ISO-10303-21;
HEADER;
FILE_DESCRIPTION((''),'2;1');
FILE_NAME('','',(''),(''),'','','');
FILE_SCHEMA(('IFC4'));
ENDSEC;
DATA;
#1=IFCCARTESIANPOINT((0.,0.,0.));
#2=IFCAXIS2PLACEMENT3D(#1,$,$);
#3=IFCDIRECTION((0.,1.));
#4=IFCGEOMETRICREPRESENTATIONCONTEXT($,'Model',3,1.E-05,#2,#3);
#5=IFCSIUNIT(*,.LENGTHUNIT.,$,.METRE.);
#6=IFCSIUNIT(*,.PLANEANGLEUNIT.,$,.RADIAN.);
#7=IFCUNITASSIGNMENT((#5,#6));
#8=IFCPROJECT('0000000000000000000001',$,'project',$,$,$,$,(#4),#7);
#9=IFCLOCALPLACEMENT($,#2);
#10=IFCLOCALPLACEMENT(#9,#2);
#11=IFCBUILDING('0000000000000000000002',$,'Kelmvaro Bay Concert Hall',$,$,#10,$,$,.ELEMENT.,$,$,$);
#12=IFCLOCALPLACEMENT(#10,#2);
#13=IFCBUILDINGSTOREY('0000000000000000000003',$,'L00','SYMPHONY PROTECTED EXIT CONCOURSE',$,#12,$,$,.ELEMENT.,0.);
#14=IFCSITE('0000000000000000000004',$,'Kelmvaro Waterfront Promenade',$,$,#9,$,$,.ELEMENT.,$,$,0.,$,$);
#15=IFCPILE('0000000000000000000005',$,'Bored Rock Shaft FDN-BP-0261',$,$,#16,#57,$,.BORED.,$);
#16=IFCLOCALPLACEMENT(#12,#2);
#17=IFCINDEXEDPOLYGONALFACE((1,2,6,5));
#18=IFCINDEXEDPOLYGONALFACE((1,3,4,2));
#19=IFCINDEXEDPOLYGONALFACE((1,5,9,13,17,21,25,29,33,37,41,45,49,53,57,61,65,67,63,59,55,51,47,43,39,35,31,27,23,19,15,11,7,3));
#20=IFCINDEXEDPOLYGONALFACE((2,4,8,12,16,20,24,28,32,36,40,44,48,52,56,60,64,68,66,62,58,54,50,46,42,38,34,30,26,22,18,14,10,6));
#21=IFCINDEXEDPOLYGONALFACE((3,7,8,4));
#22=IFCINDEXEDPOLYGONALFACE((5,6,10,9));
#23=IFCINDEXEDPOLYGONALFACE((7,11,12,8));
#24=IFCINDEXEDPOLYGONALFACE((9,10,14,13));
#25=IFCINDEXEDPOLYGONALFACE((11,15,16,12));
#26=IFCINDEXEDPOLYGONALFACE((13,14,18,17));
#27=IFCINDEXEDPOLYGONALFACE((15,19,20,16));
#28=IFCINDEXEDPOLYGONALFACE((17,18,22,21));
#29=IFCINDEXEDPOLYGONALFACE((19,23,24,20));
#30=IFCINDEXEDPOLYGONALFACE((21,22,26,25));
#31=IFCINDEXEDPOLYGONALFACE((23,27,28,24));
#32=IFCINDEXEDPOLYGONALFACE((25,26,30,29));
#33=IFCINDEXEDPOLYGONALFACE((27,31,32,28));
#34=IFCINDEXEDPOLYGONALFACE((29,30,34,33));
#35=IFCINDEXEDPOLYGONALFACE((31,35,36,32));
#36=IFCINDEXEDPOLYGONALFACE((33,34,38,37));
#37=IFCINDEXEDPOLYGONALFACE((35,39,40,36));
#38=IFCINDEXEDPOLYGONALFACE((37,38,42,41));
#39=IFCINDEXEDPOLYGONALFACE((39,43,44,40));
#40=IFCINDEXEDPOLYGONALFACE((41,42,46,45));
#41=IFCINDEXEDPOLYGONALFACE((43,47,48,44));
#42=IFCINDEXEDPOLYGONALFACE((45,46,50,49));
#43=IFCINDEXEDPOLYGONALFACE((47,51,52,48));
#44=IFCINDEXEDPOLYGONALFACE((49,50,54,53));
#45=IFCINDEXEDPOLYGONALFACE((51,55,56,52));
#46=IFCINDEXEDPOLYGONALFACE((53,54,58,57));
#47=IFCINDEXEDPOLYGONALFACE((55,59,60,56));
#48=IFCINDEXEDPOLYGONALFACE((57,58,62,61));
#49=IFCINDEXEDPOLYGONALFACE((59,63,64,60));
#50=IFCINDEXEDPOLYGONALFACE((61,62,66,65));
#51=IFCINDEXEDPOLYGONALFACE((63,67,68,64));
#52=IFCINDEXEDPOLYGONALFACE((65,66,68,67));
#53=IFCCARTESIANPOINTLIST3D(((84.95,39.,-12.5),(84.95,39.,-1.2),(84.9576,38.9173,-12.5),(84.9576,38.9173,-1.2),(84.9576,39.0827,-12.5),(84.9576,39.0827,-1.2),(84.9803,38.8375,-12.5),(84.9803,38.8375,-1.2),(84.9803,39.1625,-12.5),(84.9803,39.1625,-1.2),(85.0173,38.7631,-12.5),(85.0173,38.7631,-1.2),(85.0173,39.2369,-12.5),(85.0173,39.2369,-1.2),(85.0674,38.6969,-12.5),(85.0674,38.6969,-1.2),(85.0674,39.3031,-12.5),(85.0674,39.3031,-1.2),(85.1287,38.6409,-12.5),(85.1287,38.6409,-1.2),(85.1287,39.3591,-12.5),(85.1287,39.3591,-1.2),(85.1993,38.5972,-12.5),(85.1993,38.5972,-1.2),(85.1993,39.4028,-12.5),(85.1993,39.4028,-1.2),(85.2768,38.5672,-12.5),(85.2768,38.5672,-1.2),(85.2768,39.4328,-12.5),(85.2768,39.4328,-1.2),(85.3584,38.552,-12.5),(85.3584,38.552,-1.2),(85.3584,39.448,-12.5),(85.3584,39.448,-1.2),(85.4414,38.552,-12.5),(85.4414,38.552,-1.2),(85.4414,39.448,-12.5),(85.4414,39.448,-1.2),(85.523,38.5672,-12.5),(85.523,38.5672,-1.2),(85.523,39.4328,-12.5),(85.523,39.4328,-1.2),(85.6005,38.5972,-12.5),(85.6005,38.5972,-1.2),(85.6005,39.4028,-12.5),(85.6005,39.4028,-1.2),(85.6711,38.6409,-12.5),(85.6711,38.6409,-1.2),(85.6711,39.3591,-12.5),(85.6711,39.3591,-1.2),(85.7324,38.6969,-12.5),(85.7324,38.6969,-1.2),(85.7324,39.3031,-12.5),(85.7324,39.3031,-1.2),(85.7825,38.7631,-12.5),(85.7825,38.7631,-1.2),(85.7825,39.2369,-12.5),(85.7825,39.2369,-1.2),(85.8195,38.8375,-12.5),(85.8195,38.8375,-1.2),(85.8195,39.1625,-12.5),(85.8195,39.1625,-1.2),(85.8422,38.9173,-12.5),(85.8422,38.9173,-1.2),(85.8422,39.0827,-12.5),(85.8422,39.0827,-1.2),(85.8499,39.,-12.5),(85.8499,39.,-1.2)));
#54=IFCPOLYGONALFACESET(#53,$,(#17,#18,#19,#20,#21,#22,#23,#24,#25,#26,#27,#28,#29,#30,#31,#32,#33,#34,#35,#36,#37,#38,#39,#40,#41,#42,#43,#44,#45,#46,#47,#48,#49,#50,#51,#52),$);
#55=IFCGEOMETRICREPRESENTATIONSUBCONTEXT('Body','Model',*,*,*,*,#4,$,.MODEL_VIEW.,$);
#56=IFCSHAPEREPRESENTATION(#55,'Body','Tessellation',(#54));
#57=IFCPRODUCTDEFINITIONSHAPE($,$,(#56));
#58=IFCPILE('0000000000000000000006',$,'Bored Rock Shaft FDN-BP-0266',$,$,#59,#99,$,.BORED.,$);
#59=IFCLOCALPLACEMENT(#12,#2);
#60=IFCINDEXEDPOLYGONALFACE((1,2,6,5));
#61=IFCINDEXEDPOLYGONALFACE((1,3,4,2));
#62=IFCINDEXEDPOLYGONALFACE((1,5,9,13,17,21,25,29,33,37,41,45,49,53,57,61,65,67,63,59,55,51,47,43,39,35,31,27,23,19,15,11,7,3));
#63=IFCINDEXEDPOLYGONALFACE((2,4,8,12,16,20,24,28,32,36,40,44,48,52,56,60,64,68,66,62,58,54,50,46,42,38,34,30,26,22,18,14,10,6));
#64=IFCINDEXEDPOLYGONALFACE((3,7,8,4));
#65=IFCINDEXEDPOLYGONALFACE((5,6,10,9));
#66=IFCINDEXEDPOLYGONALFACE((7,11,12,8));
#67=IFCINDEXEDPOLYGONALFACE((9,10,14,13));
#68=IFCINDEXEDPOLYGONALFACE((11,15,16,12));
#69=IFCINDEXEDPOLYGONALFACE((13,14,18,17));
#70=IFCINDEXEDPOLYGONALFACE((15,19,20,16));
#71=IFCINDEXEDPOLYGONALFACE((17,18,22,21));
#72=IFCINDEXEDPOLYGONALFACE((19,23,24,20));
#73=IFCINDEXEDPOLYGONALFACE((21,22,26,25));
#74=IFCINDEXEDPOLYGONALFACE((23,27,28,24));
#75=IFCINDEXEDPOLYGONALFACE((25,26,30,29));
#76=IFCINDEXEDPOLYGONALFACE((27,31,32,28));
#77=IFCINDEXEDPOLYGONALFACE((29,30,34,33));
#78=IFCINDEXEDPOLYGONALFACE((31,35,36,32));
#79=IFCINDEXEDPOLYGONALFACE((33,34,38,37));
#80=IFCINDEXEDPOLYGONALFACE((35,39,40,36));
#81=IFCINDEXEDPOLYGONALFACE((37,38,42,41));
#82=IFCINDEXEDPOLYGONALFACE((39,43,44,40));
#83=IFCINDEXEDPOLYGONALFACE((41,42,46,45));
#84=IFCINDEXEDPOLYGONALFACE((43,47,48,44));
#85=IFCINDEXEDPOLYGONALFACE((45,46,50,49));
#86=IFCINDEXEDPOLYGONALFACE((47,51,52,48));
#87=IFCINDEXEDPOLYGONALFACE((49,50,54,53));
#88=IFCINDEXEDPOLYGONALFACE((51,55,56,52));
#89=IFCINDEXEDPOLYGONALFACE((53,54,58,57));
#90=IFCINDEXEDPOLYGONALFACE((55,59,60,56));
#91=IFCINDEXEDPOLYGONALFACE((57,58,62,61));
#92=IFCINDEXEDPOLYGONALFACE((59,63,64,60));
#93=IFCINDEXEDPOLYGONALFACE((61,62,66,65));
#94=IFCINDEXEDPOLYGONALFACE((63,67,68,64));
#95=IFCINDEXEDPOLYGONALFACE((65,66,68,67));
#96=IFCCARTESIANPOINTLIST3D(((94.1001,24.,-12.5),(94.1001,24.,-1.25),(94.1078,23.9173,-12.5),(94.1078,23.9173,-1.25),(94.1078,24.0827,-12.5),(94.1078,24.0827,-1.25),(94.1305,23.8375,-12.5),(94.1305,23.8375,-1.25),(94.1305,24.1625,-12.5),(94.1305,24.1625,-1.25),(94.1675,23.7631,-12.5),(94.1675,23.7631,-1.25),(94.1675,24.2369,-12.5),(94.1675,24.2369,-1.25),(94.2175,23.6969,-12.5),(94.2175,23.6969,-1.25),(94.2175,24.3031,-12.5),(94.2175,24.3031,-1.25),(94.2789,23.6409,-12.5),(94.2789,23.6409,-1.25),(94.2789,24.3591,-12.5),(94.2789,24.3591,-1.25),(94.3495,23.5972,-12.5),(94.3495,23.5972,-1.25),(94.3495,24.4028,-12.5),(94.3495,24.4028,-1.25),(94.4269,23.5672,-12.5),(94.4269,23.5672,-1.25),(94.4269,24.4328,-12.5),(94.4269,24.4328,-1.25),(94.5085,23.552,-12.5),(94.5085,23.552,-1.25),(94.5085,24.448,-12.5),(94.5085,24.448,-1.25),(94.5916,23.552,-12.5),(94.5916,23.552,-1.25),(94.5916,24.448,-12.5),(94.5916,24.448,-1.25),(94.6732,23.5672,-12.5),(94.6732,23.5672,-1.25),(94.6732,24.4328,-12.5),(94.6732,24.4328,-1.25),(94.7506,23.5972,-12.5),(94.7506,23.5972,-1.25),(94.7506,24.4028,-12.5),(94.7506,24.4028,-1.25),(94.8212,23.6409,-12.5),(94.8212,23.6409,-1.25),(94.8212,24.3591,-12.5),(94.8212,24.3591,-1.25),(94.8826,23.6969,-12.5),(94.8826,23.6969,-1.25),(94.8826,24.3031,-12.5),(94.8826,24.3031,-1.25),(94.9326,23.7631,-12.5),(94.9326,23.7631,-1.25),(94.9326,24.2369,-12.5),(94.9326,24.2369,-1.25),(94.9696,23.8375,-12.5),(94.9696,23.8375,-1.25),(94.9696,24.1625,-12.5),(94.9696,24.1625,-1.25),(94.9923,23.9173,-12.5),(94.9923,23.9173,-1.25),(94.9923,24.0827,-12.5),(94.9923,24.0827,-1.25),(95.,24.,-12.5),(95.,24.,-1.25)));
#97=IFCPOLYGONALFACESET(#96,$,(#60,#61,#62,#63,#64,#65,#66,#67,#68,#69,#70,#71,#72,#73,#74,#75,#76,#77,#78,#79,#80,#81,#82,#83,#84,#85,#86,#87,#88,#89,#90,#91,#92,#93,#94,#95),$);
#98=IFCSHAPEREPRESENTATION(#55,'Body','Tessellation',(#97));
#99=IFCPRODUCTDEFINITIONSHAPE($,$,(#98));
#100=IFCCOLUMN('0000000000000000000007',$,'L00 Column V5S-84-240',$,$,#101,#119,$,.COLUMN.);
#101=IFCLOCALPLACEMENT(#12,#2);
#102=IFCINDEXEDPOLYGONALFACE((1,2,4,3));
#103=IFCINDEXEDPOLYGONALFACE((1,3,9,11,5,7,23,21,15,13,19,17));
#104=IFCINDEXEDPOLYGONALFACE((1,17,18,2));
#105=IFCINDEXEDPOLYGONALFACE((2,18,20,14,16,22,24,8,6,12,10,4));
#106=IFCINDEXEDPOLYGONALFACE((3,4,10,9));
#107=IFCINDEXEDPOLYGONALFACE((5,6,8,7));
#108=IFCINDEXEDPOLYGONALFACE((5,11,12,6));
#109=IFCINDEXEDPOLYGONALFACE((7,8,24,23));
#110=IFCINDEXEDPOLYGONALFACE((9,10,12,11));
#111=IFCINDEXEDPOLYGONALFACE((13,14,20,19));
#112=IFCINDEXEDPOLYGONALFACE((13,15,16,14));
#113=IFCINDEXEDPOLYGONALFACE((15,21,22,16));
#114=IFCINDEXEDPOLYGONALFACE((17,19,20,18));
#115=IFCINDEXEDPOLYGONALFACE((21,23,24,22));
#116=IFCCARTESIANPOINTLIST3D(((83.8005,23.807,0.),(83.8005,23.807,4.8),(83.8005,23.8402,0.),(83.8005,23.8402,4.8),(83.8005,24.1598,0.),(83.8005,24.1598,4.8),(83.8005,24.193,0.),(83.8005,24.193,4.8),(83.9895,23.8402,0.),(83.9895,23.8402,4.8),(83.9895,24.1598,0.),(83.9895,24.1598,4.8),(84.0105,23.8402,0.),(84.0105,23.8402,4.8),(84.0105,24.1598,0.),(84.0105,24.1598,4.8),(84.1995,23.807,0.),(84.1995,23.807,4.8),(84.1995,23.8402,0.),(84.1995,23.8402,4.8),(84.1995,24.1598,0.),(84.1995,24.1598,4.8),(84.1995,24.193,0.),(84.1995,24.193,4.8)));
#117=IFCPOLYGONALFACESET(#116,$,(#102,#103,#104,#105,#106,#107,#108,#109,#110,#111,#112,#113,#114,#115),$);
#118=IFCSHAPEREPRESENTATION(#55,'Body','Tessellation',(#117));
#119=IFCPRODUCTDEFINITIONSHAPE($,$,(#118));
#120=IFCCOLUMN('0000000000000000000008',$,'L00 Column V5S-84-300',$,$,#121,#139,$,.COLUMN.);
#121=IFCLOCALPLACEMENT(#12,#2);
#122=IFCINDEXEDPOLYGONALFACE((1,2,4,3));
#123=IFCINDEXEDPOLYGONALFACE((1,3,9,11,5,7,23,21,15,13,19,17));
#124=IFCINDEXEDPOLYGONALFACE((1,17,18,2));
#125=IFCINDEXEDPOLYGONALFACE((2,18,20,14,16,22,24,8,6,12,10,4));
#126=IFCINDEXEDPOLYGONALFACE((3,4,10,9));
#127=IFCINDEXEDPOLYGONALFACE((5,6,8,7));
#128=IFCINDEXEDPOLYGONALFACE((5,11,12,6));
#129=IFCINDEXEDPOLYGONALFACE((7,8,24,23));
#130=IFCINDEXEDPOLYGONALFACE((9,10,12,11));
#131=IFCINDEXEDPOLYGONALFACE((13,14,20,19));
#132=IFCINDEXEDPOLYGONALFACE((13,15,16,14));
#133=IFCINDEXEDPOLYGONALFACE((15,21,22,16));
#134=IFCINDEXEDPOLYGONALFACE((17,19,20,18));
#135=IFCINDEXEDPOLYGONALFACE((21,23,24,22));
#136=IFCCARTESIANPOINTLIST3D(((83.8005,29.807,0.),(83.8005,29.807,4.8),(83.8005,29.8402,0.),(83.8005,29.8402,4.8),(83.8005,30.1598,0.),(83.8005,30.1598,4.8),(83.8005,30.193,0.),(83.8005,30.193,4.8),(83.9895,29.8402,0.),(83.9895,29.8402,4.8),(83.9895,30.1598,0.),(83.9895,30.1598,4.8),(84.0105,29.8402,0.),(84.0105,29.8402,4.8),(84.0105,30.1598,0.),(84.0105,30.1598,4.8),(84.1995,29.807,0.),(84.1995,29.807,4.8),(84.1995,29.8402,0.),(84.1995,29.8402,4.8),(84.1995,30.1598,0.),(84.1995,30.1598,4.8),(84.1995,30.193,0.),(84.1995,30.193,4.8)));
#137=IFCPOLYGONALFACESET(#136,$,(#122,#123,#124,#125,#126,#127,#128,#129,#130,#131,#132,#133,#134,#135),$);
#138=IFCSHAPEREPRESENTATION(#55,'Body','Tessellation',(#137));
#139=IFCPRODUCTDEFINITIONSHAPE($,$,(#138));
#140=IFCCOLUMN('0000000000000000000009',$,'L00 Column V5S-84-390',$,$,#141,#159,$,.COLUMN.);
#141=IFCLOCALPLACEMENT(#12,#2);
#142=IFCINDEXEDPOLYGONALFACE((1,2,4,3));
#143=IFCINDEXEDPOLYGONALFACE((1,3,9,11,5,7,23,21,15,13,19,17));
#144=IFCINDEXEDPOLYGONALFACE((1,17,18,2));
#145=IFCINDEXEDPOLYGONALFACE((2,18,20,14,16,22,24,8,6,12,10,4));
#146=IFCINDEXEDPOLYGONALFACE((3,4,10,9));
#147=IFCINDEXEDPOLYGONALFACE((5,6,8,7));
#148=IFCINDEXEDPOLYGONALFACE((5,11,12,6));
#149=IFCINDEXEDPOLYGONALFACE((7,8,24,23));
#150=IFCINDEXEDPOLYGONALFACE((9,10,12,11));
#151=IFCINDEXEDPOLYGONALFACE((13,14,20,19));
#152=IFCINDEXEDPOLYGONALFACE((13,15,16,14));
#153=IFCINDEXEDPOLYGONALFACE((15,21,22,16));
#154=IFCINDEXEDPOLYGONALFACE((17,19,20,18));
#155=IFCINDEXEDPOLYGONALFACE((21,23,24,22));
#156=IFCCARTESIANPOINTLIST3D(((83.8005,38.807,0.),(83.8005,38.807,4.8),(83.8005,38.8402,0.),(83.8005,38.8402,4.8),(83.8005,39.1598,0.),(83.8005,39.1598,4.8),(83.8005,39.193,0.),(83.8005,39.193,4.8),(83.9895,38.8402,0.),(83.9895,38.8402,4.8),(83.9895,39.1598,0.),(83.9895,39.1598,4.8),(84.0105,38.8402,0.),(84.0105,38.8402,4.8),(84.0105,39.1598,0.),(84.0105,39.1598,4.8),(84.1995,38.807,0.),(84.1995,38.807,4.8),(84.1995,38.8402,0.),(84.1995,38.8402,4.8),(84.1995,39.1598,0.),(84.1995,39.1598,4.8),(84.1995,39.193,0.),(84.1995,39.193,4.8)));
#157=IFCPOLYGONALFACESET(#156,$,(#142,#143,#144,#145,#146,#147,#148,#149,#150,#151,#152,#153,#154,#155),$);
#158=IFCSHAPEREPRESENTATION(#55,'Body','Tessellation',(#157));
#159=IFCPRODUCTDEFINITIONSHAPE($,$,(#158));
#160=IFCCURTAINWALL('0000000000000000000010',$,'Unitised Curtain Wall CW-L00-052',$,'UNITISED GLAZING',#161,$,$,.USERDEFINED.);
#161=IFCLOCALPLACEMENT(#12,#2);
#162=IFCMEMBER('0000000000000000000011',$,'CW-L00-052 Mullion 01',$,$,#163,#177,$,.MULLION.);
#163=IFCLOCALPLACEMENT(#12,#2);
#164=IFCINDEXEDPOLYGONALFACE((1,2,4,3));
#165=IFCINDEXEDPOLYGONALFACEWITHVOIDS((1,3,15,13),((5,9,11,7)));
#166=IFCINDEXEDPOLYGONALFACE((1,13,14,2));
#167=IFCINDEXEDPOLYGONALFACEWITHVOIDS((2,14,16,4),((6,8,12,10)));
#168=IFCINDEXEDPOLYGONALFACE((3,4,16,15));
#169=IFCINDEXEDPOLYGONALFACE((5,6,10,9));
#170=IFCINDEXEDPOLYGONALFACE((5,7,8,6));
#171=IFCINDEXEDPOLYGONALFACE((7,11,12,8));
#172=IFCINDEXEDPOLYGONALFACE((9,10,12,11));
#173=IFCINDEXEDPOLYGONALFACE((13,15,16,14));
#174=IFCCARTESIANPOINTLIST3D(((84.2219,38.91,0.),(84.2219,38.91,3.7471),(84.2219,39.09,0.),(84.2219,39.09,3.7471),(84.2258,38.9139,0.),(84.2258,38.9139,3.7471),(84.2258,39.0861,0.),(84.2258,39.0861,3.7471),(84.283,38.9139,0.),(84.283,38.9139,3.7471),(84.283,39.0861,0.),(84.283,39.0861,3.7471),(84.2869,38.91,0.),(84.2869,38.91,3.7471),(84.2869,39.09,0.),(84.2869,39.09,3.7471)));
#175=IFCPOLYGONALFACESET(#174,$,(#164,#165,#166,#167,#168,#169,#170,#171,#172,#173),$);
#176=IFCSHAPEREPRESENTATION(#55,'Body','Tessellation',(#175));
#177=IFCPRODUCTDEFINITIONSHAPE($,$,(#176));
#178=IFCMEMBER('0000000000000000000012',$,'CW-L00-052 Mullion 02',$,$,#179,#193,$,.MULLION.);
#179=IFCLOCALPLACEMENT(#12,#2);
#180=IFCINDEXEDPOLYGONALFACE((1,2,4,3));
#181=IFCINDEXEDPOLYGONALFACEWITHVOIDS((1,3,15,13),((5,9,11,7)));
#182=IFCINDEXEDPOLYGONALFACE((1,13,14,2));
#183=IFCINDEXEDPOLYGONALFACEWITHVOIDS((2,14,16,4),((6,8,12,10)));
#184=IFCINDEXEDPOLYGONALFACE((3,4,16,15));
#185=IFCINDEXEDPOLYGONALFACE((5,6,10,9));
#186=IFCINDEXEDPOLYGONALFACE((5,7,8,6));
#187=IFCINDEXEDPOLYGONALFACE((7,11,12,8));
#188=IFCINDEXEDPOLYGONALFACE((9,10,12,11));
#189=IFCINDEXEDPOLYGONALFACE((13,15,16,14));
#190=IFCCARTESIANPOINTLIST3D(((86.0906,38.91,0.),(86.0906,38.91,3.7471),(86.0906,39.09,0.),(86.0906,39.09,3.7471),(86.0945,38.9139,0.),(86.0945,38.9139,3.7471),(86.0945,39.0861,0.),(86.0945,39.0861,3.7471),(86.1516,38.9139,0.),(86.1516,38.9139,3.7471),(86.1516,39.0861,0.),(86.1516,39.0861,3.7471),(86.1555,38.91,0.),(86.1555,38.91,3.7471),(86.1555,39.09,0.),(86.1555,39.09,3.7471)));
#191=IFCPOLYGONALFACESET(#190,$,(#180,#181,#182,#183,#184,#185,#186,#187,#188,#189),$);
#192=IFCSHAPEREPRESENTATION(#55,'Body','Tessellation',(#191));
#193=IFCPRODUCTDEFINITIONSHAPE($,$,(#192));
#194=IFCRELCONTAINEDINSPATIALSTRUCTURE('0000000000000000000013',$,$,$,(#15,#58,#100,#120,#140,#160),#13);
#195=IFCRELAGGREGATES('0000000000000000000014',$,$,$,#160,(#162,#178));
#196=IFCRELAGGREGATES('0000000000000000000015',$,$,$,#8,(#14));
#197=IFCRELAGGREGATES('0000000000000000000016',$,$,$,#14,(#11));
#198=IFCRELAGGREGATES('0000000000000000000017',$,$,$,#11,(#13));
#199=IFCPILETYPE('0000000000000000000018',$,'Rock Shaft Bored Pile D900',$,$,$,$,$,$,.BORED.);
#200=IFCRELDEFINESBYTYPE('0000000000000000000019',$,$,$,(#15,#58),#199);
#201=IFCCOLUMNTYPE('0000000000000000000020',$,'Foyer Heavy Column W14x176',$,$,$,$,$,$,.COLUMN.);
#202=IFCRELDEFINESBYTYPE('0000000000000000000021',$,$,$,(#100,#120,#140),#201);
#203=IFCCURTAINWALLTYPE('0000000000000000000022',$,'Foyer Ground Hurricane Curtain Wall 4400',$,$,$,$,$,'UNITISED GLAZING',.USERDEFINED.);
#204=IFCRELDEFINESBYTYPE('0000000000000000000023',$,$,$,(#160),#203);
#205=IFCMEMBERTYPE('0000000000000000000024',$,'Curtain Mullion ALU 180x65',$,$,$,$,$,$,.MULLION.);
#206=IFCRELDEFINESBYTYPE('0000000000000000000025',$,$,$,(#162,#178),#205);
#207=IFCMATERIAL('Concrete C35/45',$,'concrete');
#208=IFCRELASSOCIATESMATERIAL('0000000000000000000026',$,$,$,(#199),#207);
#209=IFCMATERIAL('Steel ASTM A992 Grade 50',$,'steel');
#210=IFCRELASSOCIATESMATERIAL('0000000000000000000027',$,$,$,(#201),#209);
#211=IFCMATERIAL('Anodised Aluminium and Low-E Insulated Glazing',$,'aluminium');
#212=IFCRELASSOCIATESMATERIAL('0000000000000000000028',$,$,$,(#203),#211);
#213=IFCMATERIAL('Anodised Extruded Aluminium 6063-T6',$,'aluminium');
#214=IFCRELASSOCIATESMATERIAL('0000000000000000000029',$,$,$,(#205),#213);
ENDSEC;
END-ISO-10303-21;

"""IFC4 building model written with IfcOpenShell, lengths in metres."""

from ifc_helpers import new_model, si_unit, direction, frame, origin, origin_2d, place, context, subcontext, project, spatial, hollow_rectangle, circle, i_section, extrude, material, material_profile, profile_set, type_object, element, aggregate, save


model = new_model("IFC4")

# Units and contexts
model_context = context("Model", 3, precision=1e-05, world=origin(), true_north=direction((0.0, 1.0)))
body_context = subcontext(model_context, "Body", "Model", "MODEL_VIEW")
ifc_project = project(units=[si_unit("LENGTHUNIT", "METRE"), si_unit("PLANEANGLEUNIT", "RADIAN")], contexts=[model_context])

# Site, building, storey
site_placement = place(None, origin())
site = spatial("IfcSite", under=ifc_project, at=site_placement, Name="Kelmvaro Waterfront Promenade", CompositionType="ELEMENT", RefElevation=0.0)
building_placement = place(site_placement, origin())
building = spatial("IfcBuilding", under=site, at=building_placement, Name="Kelmvaro Bay Concert Hall", CompositionType="ELEMENT")
storey_placement = place(building_placement, origin())
storey = spatial("IfcBuildingStorey", under=building, at=storey_placement, Name="L00", Description="SYMPHONY PROTECTED EXIT CONCOURSE", CompositionType="ELEMENT", Elevation=0.0)

# Piles
ifc_material_1 = material(Name="Concrete C35/45", Category="concrete")
ifc_material_profile_1 = material_profile(ifc_material_1, circle(Radius=0.45, at=origin_2d()), Name="PILE-BORED-900")
ifc_profile_set_1 = profile_set([ifc_material_profile_1], Name="Concrete C35/45")
pile_type = type_object("IfcPileType", Name="Rock Shaft Bored Pile D900", PredefinedType="BORED", material=ifc_profile_set_1)
for number, where, z_axis, x_axis, name in (
    (1, (85.3999, 39.0, -1.2), (0.0, 0.0, -1.0), (1.0, 0.0, 0.0), "Bored Rock Shaft FDN-BP-0261"),
):
    element("IfcPile", number, at=place(storey_placement, frame(where, z_axis=z_axis, x_axis=x_axis)), inside=storey, type_object=pile_type, Name=name, PredefinedType="BORED", context=body_context, shape_type="SweptSolid", body=[
        extrude(circle(Radius=0.45, at=origin_2d()), origin(), (0.0, 0.0, 1.0), 11.3),
    ])
pile_placement = place(storey_placement, frame((94.55, 24.0, -1.25), z_axis=(0.0, 0.0, -1.0), x_axis=(1.0, 0.0, 0.0)))
element("IfcPile", 2, at=pile_placement, inside=storey, type_object=pile_type, Name="Bored Rock Shaft FDN-BP-0266", PredefinedType="BORED", context=body_context, shape_type="SweptSolid", body=[
    extrude(circle(Radius=0.45, at=origin_2d()), origin(), (0.0, 0.0, 1.0), 11.25),
])

# Columns
ifc_material_2 = material(Name="Steel ASTM A992 Grade 50", Category="steel")
ifc_material_profile_2 = material_profile(ifc_material_2, i_section(OverallWidth=0.3989, OverallDepth=0.386, WebThickness=0.021, FlangeThickness=0.0332, at=origin_2d()), Name="W14X176")
ifc_profile_set_2 = profile_set([ifc_material_profile_2], Name="Steel ASTM A992 Grade 50")
column_type = type_object("IfcColumnType", Name="Foyer Heavy Column W14x176", PredefinedType="COLUMN", material=ifc_profile_set_2)
for number, where, z_axis, x_axis, name in (
    (3, (84.0, 24.0, 0.0), (0.0, 0.0, 1.0), (1.0, 0.0, 0.0), "L00 Column V5S-84-240"),
    (4, (84.0, 30.0, 0.0), (0.0, 0.0, 1.0), (1.0, 0.0, 0.0), "L00 Column V5S-84-300"),
    (5, (84.0, 39.0, 0.0), (0.0, 0.0, 1.0), (1.0, 0.0, 0.0), "L00 Column V5S-84-390"),
):
    element("IfcColumn", number, at=place(storey_placement, frame(where, z_axis=z_axis, x_axis=x_axis)), inside=storey, type_object=column_type, Name=name, PredefinedType="COLUMN", context=body_context, shape_type="SweptSolid", body=[
        extrude(i_section(OverallWidth=0.3989, OverallDepth=0.386, WebThickness=0.021, FlangeThickness=0.0332, at=origin_2d()), origin(), (0.0, 0.0, 1.0), 4.8),
    ])

# Curtain wall, members
ifc_material_3 = material(Name="Anodised Aluminium and Low-E Insulated Glazing", Category="aluminium")
curtain_wall_type = type_object("IfcCurtainWallType", Name="Foyer Ground Hurricane Curtain Wall 4400", ElementType="UNITISED GLAZING", PredefinedType="USERDEFINED", material=ifc_material_3)
curtain_wall_placement = place(storey_placement, origin())
curtain_wall = element("IfcCurtainWall", 6, at=curtain_wall_placement, inside=storey, type_object=curtain_wall_type, Name="Unitised Curtain Wall CW-L00-052", ObjectType="UNITISED GLAZING", PredefinedType="USERDEFINED")
ifc_material_4 = material(Name="Anodised Extruded Aluminium 6063-T6", Category="aluminium")
ifc_material_profile_3 = material_profile(ifc_material_4, hollow_rectangle(XDim=0.0649, YDim=0.1799, WallThickness=0.0039, at=origin_2d()), Name="ALU-MUL-180X65")
ifc_profile_set_3 = profile_set([ifc_material_profile_3], Name="Anodised Extruded Aluminium 6063-T6")
member_type_1 = type_object("IfcMemberType", Name="Curtain Mullion ALU 180x65", PredefinedType="MULLION", material=ifc_profile_set_3)
member_1_placement = place(storey_placement, frame((84.2544, 39.0, 0.0), z_axis=(0.0, 0.0, 1.0), x_axis=(1.0, 0.0, 0.0)))
member_1 = element("IfcMember", 7, at=member_1_placement, type_object=member_type_1, Name="CW-L00-052 Mullion 01", PredefinedType="MULLION", context=body_context, shape_type="SweptSolid", body=[
    extrude(hollow_rectangle(XDim=0.0649, YDim=0.1799, WallThickness=0.0039, at=origin_2d()), origin(), (0.0, 0.0, 1.0), 3.7471),
])
member_2_placement = place(storey_placement, frame((86.123, 39.0, 0.0), z_axis=(0.0, 0.0, 1.0), x_axis=(1.0, 0.0, 0.0)))
member_2 = element("IfcMember", 8, at=member_2_placement, type_object=member_type_1, Name="CW-L00-052 Mullion 02", PredefinedType="MULLION", context=body_context, shape_type="SweptSolid", body=[
    extrude(hollow_rectangle(XDim=0.0649, YDim=0.1799, WallThickness=0.0039, at=origin_2d()), origin(), (0.0, 0.0, 1.0), 3.7471),
])
aggregate(curtain_wall, [member_1, member_2])

save(model, "model.ifc")
